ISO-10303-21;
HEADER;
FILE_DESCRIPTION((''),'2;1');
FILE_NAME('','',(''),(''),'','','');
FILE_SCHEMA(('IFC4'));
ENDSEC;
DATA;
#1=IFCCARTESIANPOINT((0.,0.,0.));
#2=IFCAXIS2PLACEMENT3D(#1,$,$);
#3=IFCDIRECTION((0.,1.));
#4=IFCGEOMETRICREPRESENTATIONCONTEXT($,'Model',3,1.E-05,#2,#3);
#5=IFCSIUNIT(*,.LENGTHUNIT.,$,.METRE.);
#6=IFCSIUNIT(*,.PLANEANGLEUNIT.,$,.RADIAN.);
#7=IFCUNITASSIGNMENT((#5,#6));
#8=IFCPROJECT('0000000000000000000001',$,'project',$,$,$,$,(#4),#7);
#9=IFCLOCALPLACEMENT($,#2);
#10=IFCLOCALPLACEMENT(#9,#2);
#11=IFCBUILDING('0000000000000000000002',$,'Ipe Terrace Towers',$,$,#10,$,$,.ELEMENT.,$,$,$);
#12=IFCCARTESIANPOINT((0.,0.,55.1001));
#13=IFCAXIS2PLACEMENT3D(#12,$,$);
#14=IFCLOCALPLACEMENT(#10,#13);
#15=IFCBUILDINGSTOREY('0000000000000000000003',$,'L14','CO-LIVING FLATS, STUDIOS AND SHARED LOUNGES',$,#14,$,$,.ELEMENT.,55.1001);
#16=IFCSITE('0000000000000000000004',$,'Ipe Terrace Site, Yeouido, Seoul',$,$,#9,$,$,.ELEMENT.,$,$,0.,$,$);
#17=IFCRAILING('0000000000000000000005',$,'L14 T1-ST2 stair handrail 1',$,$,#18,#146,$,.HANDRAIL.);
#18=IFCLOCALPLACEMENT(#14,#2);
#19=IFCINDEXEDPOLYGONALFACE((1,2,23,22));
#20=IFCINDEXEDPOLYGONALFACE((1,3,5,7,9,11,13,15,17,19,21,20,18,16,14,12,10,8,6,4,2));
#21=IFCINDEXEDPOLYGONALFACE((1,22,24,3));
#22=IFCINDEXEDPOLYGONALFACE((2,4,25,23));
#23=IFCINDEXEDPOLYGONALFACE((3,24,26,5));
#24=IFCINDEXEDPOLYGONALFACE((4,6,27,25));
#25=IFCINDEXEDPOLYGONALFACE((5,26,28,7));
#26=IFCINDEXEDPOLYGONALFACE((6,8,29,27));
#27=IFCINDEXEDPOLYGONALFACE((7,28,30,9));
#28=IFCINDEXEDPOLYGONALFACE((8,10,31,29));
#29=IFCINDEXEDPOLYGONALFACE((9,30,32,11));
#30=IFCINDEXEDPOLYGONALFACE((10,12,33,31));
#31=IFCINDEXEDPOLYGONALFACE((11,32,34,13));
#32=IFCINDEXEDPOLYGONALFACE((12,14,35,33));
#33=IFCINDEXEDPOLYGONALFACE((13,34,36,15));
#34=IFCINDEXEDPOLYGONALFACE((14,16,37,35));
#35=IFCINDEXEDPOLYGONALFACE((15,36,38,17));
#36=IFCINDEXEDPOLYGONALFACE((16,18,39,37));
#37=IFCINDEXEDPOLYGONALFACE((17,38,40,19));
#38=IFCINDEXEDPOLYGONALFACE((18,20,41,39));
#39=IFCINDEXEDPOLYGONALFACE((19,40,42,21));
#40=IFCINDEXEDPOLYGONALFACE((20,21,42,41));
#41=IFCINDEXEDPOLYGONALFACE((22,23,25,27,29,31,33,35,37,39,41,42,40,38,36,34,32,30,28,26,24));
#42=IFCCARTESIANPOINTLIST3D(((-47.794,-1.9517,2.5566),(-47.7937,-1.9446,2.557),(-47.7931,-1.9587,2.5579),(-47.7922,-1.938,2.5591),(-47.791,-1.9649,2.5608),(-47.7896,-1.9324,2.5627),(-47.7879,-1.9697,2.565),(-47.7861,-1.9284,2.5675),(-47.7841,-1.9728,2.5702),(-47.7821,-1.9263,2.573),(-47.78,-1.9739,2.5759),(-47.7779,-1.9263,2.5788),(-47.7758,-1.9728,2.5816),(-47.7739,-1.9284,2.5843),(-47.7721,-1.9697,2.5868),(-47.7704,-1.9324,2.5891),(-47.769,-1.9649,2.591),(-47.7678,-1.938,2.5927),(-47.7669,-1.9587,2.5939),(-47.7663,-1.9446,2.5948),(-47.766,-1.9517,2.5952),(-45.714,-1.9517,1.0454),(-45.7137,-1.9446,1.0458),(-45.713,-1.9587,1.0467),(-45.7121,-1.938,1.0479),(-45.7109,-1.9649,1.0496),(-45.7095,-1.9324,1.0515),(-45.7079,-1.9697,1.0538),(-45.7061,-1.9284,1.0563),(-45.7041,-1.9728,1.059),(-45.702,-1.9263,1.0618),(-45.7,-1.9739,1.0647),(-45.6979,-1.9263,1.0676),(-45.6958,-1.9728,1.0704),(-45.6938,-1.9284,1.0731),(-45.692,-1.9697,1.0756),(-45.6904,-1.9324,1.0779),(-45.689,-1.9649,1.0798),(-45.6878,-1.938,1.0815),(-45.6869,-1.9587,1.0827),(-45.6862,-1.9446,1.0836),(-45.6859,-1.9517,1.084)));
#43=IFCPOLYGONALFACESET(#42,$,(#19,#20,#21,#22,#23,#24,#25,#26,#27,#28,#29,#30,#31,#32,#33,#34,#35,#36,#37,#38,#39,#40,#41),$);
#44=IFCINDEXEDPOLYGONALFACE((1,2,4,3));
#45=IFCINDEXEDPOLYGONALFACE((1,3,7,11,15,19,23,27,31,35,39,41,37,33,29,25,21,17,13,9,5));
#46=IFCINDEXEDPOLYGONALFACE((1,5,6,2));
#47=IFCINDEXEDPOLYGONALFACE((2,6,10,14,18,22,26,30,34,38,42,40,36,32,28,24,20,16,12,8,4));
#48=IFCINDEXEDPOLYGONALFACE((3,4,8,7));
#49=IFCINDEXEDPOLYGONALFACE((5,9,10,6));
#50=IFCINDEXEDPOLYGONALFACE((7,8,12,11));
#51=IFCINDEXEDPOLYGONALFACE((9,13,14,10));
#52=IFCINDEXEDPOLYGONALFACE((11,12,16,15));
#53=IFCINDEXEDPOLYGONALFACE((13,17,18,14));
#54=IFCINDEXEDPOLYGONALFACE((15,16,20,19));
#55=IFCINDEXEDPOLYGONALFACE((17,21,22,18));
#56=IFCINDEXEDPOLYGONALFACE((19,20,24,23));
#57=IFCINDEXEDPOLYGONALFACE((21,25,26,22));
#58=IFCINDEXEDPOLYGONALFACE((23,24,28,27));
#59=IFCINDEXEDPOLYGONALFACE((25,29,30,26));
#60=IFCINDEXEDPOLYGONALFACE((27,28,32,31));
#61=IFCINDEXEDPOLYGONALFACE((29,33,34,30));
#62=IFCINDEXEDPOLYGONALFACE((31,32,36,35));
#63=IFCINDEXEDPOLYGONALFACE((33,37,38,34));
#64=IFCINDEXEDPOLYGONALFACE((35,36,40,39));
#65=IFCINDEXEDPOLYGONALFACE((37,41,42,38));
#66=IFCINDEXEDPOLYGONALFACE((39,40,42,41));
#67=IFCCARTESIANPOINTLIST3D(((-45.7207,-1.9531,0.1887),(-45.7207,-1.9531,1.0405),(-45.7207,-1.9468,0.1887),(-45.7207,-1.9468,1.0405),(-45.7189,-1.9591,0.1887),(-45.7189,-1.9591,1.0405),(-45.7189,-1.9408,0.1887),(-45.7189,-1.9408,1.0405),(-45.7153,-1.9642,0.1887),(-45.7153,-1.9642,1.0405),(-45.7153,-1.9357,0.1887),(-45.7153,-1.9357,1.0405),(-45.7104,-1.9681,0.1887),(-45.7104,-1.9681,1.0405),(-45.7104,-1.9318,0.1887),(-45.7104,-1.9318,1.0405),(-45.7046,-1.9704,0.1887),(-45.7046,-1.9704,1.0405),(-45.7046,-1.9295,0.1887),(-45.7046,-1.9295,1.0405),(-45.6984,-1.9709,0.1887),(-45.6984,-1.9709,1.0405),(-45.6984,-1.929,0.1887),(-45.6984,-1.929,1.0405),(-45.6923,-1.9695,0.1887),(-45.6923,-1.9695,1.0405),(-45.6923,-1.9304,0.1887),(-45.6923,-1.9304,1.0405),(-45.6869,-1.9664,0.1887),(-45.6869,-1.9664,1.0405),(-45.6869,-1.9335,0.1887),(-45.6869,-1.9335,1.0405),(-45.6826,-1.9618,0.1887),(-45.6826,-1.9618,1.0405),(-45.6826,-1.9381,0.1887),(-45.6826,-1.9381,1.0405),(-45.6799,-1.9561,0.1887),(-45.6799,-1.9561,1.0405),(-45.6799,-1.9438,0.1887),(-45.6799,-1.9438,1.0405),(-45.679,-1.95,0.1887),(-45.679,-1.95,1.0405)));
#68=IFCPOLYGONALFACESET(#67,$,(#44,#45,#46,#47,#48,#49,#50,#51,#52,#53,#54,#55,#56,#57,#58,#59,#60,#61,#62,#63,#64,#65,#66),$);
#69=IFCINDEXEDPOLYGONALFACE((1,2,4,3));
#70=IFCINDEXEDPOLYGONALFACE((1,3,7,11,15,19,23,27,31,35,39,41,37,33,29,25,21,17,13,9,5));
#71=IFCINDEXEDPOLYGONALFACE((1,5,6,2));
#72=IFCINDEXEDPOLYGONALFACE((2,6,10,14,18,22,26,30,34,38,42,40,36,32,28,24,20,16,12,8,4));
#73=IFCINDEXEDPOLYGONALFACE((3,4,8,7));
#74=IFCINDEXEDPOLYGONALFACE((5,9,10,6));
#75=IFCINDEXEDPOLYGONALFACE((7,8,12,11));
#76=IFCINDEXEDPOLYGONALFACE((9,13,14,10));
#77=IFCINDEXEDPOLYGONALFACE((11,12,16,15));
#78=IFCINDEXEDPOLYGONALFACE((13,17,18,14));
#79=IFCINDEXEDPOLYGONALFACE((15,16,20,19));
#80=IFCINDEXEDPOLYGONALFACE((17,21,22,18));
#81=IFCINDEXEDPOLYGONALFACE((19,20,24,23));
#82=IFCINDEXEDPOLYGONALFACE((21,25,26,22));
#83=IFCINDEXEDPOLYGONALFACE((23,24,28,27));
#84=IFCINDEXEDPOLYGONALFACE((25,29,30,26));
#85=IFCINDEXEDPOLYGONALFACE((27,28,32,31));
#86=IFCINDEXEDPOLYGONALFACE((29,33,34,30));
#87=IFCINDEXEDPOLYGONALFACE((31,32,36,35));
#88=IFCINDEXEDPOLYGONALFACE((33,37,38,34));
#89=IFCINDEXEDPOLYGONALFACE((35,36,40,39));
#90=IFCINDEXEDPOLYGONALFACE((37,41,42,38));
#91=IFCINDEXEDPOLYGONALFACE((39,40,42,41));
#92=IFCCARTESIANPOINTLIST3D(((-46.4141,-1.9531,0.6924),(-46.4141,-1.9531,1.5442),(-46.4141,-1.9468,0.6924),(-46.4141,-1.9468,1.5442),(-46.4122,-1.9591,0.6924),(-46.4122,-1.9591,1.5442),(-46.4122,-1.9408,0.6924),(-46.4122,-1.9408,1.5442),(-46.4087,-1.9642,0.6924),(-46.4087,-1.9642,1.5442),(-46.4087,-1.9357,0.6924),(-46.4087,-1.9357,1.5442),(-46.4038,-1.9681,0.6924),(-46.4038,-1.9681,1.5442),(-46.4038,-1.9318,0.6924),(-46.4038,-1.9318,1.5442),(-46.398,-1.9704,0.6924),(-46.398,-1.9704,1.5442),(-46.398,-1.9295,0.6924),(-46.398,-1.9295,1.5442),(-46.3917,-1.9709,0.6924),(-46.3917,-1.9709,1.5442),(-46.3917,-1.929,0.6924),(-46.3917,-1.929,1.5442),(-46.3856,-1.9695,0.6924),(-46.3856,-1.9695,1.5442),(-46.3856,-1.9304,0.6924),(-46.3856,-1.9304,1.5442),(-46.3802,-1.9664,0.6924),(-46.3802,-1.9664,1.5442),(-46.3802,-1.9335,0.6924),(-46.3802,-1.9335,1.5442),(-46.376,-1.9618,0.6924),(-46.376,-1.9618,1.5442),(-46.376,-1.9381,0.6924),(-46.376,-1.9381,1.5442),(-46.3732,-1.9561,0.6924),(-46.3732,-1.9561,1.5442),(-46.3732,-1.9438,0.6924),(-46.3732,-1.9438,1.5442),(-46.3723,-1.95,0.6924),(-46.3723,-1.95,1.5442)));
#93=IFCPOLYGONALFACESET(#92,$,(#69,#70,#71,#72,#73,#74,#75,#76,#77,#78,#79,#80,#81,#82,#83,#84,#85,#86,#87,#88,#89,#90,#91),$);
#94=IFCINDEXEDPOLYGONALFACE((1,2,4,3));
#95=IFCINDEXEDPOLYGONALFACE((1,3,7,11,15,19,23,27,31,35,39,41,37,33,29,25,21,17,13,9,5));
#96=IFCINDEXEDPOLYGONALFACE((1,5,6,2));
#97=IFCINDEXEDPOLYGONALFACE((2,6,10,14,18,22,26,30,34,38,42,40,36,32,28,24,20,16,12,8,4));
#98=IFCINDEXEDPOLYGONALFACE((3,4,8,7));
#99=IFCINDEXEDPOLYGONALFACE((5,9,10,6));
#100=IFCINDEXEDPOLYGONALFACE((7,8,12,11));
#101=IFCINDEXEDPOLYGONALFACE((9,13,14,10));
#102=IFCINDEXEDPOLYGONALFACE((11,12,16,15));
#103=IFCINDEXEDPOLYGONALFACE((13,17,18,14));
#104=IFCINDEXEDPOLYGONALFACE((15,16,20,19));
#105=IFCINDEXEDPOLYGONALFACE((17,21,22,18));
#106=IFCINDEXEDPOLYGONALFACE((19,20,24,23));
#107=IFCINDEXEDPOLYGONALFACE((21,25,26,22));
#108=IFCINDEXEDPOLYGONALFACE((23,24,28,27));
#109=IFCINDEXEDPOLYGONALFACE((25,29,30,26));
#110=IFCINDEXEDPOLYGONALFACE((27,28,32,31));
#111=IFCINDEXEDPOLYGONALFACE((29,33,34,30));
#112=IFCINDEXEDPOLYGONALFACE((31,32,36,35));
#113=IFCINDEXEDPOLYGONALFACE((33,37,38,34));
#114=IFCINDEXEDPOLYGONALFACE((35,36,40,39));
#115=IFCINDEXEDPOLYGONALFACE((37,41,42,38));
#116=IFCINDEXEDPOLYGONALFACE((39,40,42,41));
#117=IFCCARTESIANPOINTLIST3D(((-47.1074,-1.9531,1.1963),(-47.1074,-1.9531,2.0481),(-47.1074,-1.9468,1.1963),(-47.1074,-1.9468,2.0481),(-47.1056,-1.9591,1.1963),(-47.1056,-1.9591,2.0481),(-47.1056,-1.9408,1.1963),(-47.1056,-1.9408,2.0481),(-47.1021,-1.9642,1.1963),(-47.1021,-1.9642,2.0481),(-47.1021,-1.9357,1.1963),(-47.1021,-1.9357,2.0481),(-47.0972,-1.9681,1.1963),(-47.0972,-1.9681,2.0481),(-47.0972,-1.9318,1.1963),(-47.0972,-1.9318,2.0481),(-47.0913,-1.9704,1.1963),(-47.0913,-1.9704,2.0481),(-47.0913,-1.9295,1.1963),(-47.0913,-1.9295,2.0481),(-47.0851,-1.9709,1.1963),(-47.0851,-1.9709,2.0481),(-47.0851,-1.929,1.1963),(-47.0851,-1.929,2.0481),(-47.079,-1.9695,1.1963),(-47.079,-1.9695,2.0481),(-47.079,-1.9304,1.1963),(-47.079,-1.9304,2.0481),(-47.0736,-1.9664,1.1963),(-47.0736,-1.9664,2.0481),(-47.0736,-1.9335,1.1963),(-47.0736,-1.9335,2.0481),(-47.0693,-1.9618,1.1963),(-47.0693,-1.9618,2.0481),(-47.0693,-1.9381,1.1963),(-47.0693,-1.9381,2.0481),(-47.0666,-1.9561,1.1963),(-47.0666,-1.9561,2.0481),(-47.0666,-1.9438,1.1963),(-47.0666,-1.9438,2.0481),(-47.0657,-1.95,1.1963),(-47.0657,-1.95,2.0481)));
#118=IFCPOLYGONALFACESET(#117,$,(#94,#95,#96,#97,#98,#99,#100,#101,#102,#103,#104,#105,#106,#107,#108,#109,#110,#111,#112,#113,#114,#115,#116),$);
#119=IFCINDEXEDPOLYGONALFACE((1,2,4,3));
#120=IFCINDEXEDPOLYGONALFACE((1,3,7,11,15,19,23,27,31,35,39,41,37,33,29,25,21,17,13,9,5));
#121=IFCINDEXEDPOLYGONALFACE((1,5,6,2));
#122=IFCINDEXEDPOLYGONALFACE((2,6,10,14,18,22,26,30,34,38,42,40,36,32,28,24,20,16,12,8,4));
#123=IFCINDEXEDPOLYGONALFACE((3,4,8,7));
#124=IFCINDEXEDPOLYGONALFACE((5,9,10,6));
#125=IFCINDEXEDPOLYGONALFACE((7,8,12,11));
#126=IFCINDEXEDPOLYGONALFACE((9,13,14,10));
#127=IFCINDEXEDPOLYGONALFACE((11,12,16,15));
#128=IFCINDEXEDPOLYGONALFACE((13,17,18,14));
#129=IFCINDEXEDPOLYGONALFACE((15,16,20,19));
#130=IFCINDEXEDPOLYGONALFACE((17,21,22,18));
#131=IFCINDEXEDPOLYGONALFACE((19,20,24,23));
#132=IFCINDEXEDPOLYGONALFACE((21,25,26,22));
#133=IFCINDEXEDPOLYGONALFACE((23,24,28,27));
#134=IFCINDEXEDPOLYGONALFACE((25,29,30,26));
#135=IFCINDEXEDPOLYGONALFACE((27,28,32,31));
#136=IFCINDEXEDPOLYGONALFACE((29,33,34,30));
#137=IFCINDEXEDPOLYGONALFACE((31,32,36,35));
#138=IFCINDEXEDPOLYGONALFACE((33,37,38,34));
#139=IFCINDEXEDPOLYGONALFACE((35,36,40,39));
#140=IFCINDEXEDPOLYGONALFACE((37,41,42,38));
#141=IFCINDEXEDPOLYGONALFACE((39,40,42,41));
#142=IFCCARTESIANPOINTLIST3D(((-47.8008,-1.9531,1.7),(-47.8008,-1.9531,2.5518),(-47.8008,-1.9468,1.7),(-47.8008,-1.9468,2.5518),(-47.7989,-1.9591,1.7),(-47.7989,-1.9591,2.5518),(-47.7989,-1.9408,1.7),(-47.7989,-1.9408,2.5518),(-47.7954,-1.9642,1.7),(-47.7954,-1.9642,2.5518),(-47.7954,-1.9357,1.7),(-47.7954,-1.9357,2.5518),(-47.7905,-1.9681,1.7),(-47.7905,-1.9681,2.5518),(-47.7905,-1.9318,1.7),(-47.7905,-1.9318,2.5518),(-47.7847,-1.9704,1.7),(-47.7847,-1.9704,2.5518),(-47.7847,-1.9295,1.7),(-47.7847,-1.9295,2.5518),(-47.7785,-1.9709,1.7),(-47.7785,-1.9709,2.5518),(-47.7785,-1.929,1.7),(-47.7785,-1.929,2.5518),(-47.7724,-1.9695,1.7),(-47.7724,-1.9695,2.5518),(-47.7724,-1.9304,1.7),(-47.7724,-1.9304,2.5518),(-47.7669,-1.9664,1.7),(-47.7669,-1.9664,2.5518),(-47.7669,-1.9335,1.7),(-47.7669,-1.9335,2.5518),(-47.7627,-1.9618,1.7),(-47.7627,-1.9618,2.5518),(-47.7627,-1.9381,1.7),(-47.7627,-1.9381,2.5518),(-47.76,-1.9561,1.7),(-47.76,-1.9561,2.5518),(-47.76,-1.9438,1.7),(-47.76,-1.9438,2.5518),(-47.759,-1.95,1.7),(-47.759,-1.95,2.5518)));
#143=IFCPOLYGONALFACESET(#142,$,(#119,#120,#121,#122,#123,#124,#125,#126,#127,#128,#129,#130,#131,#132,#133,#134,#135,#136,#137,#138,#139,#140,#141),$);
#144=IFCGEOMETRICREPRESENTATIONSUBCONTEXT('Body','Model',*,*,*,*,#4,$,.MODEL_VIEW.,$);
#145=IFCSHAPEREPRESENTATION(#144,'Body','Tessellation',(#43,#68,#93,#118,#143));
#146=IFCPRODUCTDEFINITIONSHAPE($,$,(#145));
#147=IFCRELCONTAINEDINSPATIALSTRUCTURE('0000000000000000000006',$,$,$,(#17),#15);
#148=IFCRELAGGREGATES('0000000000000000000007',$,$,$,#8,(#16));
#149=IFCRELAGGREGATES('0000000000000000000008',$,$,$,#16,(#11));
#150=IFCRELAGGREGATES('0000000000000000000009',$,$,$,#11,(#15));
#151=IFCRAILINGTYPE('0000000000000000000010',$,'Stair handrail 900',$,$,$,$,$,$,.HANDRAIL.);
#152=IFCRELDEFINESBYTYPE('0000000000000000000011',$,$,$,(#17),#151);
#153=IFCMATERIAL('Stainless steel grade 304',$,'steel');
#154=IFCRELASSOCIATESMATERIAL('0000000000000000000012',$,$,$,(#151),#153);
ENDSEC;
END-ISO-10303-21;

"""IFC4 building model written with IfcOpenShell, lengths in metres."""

from ifc_helpers import new_model, si_unit, direction, frame, origin, origin_2d, place, context, subcontext, project, spatial, circle, extrude, material, type_object, element, save


model = new_model("IFC4")

# Units and contexts
model_context = context("Model", 3, precision=1e-05, world=origin(), true_north=direction((0.0, 1.0)))
body_context = subcontext(model_context, "Body", "Model", "MODEL_VIEW")
ifc_project = project(units=[si_unit("LENGTHUNIT", "METRE"), si_unit("PLANEANGLEUNIT", "RADIAN")], contexts=[model_context])

# Site, building, storey
site_placement = place(None, origin())
site = spatial("IfcSite", under=ifc_project, at=site_placement, Name="Ipe Terrace Site, Yeouido, Seoul", CompositionType="ELEMENT", RefElevation=0.0)
building_placement = place(site_placement, origin())
building = spatial("IfcBuilding", under=site, at=building_placement, Name="Ipe Terrace Towers", CompositionType="ELEMENT")
storey_placement = place(building_placement, frame((0.0, 0.0, 55.1001)))
storey = spatial("IfcBuildingStorey", under=building, at=storey_placement, Name="L14", Description="CO-LIVING FLATS, STUDIOS AND SHARED LOUNGES", CompositionType="ELEMENT", Elevation=55.1001)

# Railing
ifc_material_1 = material(Name="Stainless steel grade 304", Category="steel")
railing_type_1 = type_object("IfcRailingType", Name="Stair handrail 900", PredefinedType="HANDRAIL", material=ifc_material_1)
railing_1_placement = place(storey_placement, frame((-45.7, -1.95, 0.1887)))
element("IfcRailing", 1, at=railing_1_placement, inside=storey, type_object=railing_type_1, Name="L14 T1-ST2 stair handrail 1", PredefinedType="HANDRAIL", context=body_context, shape_type="SweptSolid", body=[
    extrude(circle(Radius=0.0239, at=origin_2d()), frame((0.0, 0.0, 0.876), z_axis=(-0.809023, 0.0, 0.587776), x_axis=(0.0, -1.0, 0.0)), (0.0, 0.0, 1.0), 2.571),
    extrude(circle(Radius=0.021, at=origin_2d()), origin(), (0.0, 0.0, 1.0), 0.8518),
    extrude(circle(Radius=0.021, at=origin_2d()), frame((-0.6934, 0.0, 0.5037)), (0.0, 0.0, 1.0), 0.8518),
    extrude(circle(Radius=0.021, at=origin_2d()), frame((-1.3867, 0.0, 1.0076)), (0.0, 0.0, 1.0), 0.8518),
    extrude(circle(Radius=0.021, at=origin_2d()), frame((-2.0801, 0.0, 1.5112)), (0.0, 0.0, 1.0), 0.8518),
])

save(model, "model.ifc")
